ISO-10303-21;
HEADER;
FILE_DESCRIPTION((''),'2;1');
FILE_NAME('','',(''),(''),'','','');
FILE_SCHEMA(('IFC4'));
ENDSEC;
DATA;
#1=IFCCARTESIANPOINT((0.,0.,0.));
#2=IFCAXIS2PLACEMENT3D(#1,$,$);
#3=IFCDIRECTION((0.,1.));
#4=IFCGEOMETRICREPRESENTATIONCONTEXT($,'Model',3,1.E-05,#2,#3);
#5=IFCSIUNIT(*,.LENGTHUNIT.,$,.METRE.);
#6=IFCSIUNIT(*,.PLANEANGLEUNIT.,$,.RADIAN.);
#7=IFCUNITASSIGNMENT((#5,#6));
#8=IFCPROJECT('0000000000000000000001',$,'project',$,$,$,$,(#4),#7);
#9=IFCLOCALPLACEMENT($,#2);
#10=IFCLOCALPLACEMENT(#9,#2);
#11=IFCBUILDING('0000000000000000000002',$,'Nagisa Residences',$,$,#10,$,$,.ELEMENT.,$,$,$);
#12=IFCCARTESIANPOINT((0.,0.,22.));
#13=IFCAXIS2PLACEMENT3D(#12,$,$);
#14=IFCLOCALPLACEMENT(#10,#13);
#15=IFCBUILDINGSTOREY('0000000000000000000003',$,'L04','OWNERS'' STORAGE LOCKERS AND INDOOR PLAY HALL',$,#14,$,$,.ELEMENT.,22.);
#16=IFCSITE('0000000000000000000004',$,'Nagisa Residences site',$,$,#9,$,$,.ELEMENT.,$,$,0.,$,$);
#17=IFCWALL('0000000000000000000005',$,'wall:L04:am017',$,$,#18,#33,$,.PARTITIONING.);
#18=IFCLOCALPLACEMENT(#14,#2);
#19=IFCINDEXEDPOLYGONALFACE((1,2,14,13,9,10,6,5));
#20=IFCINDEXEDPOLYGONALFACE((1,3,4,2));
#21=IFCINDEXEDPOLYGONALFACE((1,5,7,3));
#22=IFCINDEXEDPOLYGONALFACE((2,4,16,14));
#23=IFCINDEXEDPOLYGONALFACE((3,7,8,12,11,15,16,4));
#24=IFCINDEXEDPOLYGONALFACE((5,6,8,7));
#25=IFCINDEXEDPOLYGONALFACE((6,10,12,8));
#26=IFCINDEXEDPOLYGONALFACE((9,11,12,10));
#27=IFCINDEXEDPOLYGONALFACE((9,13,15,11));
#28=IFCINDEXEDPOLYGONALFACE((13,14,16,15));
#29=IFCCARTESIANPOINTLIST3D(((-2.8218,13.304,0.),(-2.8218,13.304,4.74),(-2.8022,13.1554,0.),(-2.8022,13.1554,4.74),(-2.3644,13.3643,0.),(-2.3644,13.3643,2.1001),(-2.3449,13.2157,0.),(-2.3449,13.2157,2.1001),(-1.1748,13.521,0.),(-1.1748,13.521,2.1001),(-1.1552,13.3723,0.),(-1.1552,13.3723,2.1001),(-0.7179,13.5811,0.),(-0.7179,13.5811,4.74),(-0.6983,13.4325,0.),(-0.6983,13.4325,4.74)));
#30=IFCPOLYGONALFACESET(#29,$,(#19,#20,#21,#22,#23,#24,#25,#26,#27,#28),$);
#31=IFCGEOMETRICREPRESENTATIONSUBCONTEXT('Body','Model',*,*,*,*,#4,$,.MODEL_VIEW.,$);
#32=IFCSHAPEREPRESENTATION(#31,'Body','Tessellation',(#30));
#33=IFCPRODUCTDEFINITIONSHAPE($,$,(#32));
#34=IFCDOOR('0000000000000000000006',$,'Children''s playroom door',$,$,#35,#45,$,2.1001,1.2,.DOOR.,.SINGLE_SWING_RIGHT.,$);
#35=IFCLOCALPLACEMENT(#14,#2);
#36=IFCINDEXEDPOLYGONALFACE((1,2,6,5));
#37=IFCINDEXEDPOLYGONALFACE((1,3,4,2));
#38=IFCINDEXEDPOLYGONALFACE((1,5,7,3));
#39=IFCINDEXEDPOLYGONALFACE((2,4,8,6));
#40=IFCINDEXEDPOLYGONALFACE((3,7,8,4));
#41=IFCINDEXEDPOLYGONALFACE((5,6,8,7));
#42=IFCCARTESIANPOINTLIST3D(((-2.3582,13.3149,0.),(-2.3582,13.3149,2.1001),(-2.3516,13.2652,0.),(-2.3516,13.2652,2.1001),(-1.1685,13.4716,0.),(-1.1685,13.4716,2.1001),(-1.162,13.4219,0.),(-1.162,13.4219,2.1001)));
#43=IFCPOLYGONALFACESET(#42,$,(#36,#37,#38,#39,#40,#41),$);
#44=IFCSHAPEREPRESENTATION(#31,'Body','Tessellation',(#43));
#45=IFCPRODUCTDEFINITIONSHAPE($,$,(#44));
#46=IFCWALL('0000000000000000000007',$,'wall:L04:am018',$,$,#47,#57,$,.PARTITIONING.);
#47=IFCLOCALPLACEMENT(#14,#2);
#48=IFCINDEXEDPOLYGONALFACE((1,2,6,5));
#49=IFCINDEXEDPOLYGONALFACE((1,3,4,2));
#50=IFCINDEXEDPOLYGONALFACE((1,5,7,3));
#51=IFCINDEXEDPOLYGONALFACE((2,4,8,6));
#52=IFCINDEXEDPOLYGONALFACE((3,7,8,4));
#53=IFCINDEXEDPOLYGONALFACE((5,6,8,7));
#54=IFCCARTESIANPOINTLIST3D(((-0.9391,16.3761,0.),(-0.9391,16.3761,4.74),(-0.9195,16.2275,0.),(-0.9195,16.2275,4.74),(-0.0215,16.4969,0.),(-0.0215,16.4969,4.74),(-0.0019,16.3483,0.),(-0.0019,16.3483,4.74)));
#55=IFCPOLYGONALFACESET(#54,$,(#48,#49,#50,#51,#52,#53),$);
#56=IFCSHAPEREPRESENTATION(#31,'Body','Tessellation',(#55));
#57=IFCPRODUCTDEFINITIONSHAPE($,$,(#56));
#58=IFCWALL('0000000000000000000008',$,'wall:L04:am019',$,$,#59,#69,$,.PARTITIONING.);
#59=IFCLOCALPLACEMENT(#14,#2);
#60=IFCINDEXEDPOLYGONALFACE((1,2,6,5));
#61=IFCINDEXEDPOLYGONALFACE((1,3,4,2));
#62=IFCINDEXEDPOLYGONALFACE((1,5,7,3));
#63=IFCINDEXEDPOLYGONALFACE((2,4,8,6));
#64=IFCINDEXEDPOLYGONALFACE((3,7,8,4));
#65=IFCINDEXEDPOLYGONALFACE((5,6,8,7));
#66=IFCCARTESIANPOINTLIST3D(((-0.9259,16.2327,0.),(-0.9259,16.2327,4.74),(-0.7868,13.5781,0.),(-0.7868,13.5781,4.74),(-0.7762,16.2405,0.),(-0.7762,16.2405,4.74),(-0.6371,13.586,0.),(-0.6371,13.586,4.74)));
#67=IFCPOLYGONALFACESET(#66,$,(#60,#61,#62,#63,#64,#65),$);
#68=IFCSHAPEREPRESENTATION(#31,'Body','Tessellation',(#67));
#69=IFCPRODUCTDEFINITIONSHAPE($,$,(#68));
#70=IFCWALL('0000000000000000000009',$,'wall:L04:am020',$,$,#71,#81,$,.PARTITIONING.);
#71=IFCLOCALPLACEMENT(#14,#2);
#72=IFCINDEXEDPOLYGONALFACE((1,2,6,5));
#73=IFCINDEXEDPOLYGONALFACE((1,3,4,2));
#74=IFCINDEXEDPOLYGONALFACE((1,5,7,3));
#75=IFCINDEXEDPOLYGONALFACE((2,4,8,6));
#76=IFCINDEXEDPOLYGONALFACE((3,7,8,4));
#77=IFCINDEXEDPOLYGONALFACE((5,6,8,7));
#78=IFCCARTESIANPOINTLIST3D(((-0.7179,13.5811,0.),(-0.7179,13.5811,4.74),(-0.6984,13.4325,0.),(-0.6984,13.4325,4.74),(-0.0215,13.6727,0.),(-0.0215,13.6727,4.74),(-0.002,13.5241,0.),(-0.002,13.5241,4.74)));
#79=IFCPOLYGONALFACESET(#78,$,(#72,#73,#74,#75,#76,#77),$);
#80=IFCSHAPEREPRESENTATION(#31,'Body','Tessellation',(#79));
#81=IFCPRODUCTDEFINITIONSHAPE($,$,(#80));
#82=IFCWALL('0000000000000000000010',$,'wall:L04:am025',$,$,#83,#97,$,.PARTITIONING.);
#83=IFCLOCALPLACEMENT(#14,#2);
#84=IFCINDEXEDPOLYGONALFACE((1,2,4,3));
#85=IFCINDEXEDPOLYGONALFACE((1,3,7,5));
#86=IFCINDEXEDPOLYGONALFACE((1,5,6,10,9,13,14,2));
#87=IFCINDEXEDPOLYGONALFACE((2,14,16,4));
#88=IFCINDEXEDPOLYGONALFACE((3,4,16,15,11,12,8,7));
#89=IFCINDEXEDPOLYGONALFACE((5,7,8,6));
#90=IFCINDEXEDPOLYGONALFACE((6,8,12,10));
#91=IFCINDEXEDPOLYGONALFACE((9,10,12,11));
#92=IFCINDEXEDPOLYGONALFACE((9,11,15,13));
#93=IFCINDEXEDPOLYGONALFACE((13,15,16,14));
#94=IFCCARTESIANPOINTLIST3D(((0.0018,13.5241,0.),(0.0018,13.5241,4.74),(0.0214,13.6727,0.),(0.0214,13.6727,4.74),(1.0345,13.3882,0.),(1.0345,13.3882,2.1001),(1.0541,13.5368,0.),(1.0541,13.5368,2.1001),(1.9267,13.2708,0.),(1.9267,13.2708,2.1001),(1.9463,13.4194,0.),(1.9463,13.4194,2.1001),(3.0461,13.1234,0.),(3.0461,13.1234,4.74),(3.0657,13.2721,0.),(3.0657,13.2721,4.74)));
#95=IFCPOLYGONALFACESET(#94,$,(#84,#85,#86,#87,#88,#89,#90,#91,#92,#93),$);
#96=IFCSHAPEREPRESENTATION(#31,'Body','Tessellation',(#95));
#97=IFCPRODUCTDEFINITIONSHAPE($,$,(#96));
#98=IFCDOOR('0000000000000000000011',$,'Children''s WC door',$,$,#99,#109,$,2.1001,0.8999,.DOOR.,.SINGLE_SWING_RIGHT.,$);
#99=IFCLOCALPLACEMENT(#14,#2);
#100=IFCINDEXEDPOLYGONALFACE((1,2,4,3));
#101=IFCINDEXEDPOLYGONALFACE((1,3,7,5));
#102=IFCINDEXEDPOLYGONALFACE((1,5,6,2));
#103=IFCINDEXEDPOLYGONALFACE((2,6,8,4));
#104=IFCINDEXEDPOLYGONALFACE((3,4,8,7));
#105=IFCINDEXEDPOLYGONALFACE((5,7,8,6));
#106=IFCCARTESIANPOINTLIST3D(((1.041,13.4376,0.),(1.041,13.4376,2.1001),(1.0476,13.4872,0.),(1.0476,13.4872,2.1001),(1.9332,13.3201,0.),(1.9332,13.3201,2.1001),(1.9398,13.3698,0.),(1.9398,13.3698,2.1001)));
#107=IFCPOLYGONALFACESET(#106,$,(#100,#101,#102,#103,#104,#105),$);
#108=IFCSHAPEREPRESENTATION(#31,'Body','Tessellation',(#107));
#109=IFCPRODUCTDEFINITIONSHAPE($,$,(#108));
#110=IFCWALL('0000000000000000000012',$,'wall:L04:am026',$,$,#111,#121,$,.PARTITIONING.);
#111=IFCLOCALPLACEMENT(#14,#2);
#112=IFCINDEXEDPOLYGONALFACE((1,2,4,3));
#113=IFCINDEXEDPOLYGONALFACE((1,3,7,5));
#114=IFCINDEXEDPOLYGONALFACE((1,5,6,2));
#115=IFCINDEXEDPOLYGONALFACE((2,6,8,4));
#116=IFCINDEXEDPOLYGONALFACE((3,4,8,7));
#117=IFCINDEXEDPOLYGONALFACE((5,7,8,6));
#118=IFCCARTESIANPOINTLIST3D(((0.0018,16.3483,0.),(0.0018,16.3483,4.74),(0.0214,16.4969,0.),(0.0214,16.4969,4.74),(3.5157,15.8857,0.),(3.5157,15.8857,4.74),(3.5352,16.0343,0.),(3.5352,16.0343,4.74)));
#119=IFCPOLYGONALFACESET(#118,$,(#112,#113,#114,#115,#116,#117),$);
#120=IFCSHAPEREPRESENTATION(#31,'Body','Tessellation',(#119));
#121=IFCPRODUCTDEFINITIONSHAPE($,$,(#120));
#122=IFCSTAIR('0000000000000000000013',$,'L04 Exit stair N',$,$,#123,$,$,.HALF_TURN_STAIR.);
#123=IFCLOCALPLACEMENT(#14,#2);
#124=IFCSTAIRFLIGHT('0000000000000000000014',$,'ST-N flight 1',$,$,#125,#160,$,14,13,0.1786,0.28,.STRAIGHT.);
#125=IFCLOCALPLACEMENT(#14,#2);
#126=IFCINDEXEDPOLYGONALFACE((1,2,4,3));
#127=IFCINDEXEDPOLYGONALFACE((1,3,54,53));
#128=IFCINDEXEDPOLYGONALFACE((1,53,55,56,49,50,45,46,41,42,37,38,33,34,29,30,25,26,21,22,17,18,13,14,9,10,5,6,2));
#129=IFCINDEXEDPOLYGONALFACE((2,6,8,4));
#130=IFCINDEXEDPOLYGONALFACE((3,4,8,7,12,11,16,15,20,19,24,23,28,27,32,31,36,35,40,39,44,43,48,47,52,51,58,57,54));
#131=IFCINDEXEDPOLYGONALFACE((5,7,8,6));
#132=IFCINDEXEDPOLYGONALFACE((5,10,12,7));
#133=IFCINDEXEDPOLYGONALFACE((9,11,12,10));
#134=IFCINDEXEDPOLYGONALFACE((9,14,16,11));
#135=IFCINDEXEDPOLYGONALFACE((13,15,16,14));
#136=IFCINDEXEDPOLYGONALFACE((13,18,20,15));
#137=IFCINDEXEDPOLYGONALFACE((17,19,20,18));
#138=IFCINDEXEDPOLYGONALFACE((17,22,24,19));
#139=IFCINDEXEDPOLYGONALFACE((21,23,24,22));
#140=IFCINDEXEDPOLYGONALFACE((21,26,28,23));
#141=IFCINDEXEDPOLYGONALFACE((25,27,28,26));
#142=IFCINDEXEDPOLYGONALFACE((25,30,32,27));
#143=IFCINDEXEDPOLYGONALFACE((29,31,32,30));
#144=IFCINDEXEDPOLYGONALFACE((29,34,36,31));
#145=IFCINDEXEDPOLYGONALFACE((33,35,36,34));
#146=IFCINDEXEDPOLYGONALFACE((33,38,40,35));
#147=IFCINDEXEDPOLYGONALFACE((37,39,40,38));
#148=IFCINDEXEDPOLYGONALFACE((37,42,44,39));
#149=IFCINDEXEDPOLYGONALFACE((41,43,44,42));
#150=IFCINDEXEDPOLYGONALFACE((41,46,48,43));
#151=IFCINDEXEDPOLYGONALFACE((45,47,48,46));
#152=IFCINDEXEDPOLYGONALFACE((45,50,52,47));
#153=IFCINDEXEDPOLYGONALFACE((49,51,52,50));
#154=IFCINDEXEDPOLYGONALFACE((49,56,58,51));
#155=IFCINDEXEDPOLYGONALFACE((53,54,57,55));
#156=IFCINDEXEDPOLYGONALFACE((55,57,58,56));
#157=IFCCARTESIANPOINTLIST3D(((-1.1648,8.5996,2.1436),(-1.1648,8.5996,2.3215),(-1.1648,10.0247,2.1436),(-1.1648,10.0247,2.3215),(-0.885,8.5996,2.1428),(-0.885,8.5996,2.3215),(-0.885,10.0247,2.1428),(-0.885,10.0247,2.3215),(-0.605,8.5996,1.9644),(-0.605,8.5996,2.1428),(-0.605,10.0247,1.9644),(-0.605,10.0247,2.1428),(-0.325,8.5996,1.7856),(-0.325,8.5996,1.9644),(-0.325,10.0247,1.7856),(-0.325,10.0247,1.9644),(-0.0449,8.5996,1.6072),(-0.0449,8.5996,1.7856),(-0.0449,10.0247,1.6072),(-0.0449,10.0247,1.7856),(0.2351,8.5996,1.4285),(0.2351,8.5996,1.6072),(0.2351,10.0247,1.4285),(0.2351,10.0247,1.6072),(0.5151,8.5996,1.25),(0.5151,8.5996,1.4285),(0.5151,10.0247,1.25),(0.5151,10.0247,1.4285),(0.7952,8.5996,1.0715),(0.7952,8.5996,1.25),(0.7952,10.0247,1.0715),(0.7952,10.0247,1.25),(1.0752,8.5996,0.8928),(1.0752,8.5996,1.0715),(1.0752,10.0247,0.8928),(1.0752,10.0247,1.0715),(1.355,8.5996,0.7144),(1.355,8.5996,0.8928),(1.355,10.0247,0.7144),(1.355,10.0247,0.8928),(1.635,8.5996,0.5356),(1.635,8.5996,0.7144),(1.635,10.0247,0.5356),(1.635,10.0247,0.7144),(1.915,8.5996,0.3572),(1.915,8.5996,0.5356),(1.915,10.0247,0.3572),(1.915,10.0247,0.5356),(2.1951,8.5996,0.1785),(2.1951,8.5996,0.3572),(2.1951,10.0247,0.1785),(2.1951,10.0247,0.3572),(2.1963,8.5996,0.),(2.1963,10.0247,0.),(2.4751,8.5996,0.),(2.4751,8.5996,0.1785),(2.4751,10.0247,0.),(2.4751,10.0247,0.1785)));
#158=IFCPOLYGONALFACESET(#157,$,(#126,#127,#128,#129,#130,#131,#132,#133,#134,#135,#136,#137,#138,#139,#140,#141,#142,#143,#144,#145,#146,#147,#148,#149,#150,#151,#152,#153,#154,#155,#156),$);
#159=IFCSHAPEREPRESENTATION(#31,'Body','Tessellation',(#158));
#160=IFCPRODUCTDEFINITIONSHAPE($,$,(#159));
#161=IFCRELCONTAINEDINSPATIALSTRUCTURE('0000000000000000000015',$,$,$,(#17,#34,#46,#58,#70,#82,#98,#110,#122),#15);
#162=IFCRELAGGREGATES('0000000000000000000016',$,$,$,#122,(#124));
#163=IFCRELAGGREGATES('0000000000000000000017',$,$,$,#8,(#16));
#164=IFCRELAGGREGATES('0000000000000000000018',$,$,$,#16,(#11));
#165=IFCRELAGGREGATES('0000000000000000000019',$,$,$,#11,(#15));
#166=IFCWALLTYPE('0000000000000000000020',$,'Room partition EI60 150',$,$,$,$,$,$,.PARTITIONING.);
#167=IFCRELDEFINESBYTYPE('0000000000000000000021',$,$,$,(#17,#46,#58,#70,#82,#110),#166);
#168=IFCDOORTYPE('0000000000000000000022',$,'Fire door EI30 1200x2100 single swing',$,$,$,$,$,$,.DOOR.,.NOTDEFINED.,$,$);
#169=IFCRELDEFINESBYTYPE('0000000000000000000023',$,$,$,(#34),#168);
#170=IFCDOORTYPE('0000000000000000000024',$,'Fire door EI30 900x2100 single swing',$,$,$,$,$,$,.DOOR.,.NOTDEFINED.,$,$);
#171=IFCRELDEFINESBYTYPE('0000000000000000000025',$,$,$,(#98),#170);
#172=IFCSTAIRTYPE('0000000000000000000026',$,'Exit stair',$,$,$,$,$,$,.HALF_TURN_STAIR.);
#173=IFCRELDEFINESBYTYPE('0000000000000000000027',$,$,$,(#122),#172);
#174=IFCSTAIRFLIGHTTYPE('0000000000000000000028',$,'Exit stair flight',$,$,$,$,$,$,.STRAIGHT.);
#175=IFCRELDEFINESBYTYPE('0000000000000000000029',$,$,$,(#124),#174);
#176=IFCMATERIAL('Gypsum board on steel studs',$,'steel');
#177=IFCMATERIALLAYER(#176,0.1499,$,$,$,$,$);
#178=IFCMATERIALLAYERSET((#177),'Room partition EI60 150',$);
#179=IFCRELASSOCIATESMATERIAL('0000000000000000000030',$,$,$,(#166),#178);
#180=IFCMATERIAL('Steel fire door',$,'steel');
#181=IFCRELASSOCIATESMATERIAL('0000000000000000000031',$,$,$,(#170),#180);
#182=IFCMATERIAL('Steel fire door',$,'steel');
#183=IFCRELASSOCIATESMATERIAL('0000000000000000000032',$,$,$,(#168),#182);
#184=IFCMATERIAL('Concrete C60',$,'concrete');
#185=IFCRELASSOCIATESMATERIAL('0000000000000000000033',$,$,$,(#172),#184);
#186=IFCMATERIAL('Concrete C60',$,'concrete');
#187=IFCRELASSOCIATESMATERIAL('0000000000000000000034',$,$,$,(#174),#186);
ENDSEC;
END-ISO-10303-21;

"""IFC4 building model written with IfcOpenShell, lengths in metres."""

from ifc_helpers import new_model, si_unit, direction, frame, frame_2d, origin, place, context, subcontext, project, spatial, polyline, rectangle, outline, extrude, material, layer, layer_set, type_object, element, fill, aggregate, save


model = new_model("IFC4")

# Units and contexts
model_context = context("Model", 3, precision=1e-05, world=origin(), true_north=direction((0.0, 1.0)))
body_context = subcontext(model_context, "Body", "Model", "MODEL_VIEW")
ifc_project = project(units=[si_unit("LENGTHUNIT", "METRE"), si_unit("PLANEANGLEUNIT", "RADIAN")], contexts=[model_context])

# Site, building, storey
site_placement = place(None, origin())
site = spatial("IfcSite", under=ifc_project, at=site_placement, Name="Nagisa Residences site", CompositionType="ELEMENT", RefElevation=0.0)
building_placement = place(site_placement, origin())
building = spatial("IfcBuilding", under=site, at=building_placement, Name="Nagisa Residences", CompositionType="ELEMENT")
storey_placement = place(building_placement, frame((0.0, 0.0, 22.0)))
storey = spatial("IfcBuildingStorey", under=building, at=storey_placement, Name="L04", Description="OWNERS' STORAGE LOCKERS AND INDOOR PLAY HALL", CompositionType="ELEMENT", Elevation=22.0)

# Shared definitions
ifc_material_1 = material(Name="Gypsum board on steel studs", Category="steel")
ifc_layer_1 = layer(ifc_material_1, 0.1499)
ifc_layer_set_1 = layer_set([ifc_layer_1], Name="Room partition EI60 150")
wall_type_1 = type_object("IfcWallType", Name="Room partition EI60 150", PredefinedType="PARTITIONING", material=ifc_layer_set_1)

# Shared definitions
ifc_material_2 = material(Name="Steel fire door", Category="steel")
door_type_1 = type_object("IfcDoorType", Name="Fire door EI30 900x2100 single swing", OperationType="NOTDEFINED", PredefinedType="DOOR", material=ifc_material_2)

# Wall, opening, door
wall_1_placement = place(storey_placement, frame((-2.812, 13.2297, 0.0), z_axis=(0.0, 0.0, 1.0), x_axis=(0.991439, 0.130574, 0.0)))
wall_1 = element("IfcWall", 1, at=wall_1_placement, inside=storey, type_object=wall_type_1, Name="wall:L04:am017", PredefinedType="PARTITIONING", context=body_context, shape_type="SweptSolid", body=[
    extrude(rectangle(XDim=2.1221, YDim=0.1499, at=frame_2d((1.061, 0.0))), origin(), (0.0, 0.0, 1.0), 4.74),
])
opening_1_placement = place(wall_1_placement, frame((0.4612, 0.0, 0.0)))
opening_1 = element("IfcOpeningElement", 2, at=opening_1_placement, cuts=wall_1, PredefinedType="OPENING", context=body_context, shape_type="SweptSolid", body=[
    extrude(rectangle(XDim=1.2, YDim=2.1001, at=frame_2d((0.6001, 1.05))), frame((0.0, 0.085, 0.0), z_axis=(0.0, -1.0, 0.0), x_axis=(1.0, 0.0, 0.0)), (0.0, 0.0, 1.0), 0.1699),
])
ifc_material_3 = material(Name="Steel fire door", Category="steel")
door_type_2 = type_object("IfcDoorType", Name="Fire door EI30 1200x2100 single swing", OperationType="NOTDEFINED", PredefinedType="DOOR", material=ifc_material_3)
door_1_placement = place(opening_1_placement, frame((1.2, 0.0, 0.0), x_axis=(-1.0, 0.0, 0.0)))
door_1 = element("IfcDoor", 3, at=door_1_placement, inside=storey, type_object=door_type_2, Name="Children's playroom door", OperationType="SINGLE_SWING_RIGHT", OverallHeight=2.1001, OverallWidth=1.2, PredefinedType="DOOR", context=body_context, shape_type="SweptSolid", body=[
    extrude(rectangle(XDim=1.2, YDim=2.1001, at=frame_2d((0.6001, 1.05))), frame((0.0, 0.0249, 0.0), z_axis=(0.0, -1.0, 0.0), x_axis=(1.0, 0.0, 0.0)), (0.0, 0.0, 1.0), 0.05),
])
fill(opening_1, door_1)

# Walls
wall_2_placement = place(storey_placement, frame((-0.9294, 16.3018, 0.0), z_axis=(0.0, 0.0, 1.0), x_axis=(0.991441, 0.130557, 0.0)))
element("IfcWall", 4, at=wall_2_placement, inside=storey, type_object=wall_type_1, Name="wall:L04:am018", PredefinedType="PARTITIONING", context=body_context, shape_type="SweptSolid", body=[
    extrude(rectangle(XDim=0.9255, YDim=0.1499, at=frame_2d((0.4629, 0.0))), origin(), (0.0, 0.0, 1.0), 4.74),
])
wall_3_placement = place(storey_placement, frame((-0.7119, 13.582, 0.0), z_axis=(0.0, 0.0, 1.0), x_axis=(-0.052352, 0.998629, 0.0)))
element("IfcWall", 5, at=wall_3_placement, inside=storey, type_object=wall_type_1, Name="wall:L04:am019", PredefinedType="PARTITIONING", context=body_context, shape_type="SweptSolid", body=[
    extrude(rectangle(XDim=2.6582, YDim=0.1499, at=frame_2d((1.3291, 0.0))), origin(), (0.0, 0.0, 1.0), 4.74),
])
wall_4_placement = place(storey_placement, frame((-0.708, 13.5068, 0.0), z_axis=(0.0, 0.0, 1.0), x_axis=(0.991466, 0.130365, 0.0)))
element("IfcWall", 6, at=wall_4_placement, inside=storey, type_object=wall_type_1, Name="wall:L04:am020", PredefinedType="PARTITIONING", context=body_context, shape_type="SweptSolid", body=[
    extrude(rectangle(XDim=0.7024, YDim=0.1499, at=frame_2d((0.3511, 0.0))), origin(), (0.0, 0.0, 1.0), 4.74),
])

# Wall, opening, door
wall_5_placement = place(storey_placement, frame((0.0117, 13.5984, 0.0), z_axis=(0.0, 0.0, 1.0), x_axis=(0.991451, -0.130481, 0.0)))
wall_5 = element("IfcWall", 7, at=wall_5_placement, inside=storey, type_object=wall_type_1, Name="wall:L04:am025", PredefinedType="PARTITIONING", context=body_context, shape_type="SweptSolid", body=[
    extrude(rectangle(XDim=3.0706, YDim=0.1499, at=frame_2d((1.5352, 0.0))), origin(), (0.0, 0.0, 1.0), 4.74),
])
opening_2_placement = place(wall_5_placement, frame((1.0415, 0.0, 0.0)))
opening_2 = element("IfcOpeningElement", 8, at=opening_2_placement, cuts=wall_5, PredefinedType="OPENING", context=body_context, shape_type="SweptSolid", body=[
    extrude(rectangle(XDim=0.8999, YDim=2.1001, at=frame_2d((0.45, 1.05))), frame((0.0, 0.085, 0.0), z_axis=(0.0, -1.0, 0.0), x_axis=(1.0, 0.0, 0.0)), (0.0, 0.0, 1.0), 0.1699),
])
door_2_placement = place(opening_2_placement, origin())
door_2 = element("IfcDoor", 9, at=door_2_placement, inside=storey, type_object=door_type_1, Name="Children's WC door", OperationType="SINGLE_SWING_RIGHT", OverallHeight=2.1001, OverallWidth=0.8999, PredefinedType="DOOR", context=body_context, shape_type="SweptSolid", body=[
    extrude(rectangle(XDim=0.8999, YDim=2.1001, at=frame_2d((0.45, 1.05))), frame((0.0, 0.0249, 0.0), z_axis=(0.0, -1.0, 0.0), x_axis=(1.0, 0.0, 0.0)), (0.0, 0.0, 1.0), 0.05),
])
fill(opening_2, door_2)

# Wall
wall_6_placement = place(storey_placement, frame((0.0117, 16.4226, 0.0), z_axis=(0.0, 0.0, 1.0), x_axis=(0.991444, -0.130535, 0.0)))
element("IfcWall", 10, at=wall_6_placement, inside=storey, type_object=wall_type_1, Name="wall:L04:am026", PredefinedType="PARTITIONING", context=body_context, shape_type="SweptSolid", body=[
    extrude(rectangle(XDim=3.5442, YDim=0.1499, at=frame_2d((1.772, 0.0))), origin(), (0.0, 0.0, 1.0), 4.74),
])

# Stair, stair flight
ifc_material_4 = material(Name="Concrete C60", Category="concrete")
stair_type = type_object("IfcStairType", Name="Exit stair", PredefinedType="HALF_TURN_STAIR", material=ifc_material_4)
stair_placement = place(storey_placement, origin())
stair = element("IfcStair", 11, at=stair_placement, inside=storey, type_object=stair_type, Name="L04 Exit stair N", PredefinedType="HALF_TURN_STAIR")
ifc_material_5 = material(Name="Concrete C60", Category="concrete")
stair_flight_type = type_object("IfcStairFlightType", Name="Exit stair flight", PredefinedType="STRAIGHT", material=ifc_material_5)
stair_flight_1_placement = place(storey_placement, frame((2.4751, 9.312, 0.0), z_axis=(0.0, 0.0, 1.0), x_axis=(-1.0, 0.0, 0.0)))
stair_flight_1 = element("IfcStairFlight", 12, at=stair_flight_1_placement, type_object=stair_flight_type, Name="ST-N flight 1", NumberOfRisers=14, NumberOfTreads=13, PredefinedType="STRAIGHT", RiserHeight=0.1786, TreadLength=0.28, context=body_context, shape_type="SweptSolid", body=[
    extrude(outline(polyline([(0.0, 0.0), (0.0, 0.1785), (0.28, 0.1785), (0.28, 0.3572), (0.5601, 0.3572), (0.5601, 0.5356), (0.8401, 0.5356), (0.8401, 0.7144), (1.1201, 0.7144), (1.1201, 0.8928), (1.3999, 0.8928), (1.3999, 1.0715), (1.6799, 1.0715), (1.6799, 1.25), (1.96, 1.25), (1.96, 1.4285), (2.24, 1.4285), (2.24, 1.6072), (2.52, 1.6072), (2.52, 1.7856), (2.8, 1.7856), (2.8, 1.9644), (3.0801, 1.9644), (3.0801, 2.1428), (3.3601, 2.1428), (3.3601, 2.3215), (3.6399, 2.3215), (3.6399, 2.5), (3.6399, 2.1436), (0.2788, 0.0), (0.0, 0.0)])), frame((0.0, 0.7124, 0.0), z_axis=(0.0, -1.0, 0.0), x_axis=(1.0, 0.0, 0.0)), (0.0, 0.0, 1.0), 1.425),
])
aggregate(stair, [stair_flight_1])

save(model, "model.ifc")
